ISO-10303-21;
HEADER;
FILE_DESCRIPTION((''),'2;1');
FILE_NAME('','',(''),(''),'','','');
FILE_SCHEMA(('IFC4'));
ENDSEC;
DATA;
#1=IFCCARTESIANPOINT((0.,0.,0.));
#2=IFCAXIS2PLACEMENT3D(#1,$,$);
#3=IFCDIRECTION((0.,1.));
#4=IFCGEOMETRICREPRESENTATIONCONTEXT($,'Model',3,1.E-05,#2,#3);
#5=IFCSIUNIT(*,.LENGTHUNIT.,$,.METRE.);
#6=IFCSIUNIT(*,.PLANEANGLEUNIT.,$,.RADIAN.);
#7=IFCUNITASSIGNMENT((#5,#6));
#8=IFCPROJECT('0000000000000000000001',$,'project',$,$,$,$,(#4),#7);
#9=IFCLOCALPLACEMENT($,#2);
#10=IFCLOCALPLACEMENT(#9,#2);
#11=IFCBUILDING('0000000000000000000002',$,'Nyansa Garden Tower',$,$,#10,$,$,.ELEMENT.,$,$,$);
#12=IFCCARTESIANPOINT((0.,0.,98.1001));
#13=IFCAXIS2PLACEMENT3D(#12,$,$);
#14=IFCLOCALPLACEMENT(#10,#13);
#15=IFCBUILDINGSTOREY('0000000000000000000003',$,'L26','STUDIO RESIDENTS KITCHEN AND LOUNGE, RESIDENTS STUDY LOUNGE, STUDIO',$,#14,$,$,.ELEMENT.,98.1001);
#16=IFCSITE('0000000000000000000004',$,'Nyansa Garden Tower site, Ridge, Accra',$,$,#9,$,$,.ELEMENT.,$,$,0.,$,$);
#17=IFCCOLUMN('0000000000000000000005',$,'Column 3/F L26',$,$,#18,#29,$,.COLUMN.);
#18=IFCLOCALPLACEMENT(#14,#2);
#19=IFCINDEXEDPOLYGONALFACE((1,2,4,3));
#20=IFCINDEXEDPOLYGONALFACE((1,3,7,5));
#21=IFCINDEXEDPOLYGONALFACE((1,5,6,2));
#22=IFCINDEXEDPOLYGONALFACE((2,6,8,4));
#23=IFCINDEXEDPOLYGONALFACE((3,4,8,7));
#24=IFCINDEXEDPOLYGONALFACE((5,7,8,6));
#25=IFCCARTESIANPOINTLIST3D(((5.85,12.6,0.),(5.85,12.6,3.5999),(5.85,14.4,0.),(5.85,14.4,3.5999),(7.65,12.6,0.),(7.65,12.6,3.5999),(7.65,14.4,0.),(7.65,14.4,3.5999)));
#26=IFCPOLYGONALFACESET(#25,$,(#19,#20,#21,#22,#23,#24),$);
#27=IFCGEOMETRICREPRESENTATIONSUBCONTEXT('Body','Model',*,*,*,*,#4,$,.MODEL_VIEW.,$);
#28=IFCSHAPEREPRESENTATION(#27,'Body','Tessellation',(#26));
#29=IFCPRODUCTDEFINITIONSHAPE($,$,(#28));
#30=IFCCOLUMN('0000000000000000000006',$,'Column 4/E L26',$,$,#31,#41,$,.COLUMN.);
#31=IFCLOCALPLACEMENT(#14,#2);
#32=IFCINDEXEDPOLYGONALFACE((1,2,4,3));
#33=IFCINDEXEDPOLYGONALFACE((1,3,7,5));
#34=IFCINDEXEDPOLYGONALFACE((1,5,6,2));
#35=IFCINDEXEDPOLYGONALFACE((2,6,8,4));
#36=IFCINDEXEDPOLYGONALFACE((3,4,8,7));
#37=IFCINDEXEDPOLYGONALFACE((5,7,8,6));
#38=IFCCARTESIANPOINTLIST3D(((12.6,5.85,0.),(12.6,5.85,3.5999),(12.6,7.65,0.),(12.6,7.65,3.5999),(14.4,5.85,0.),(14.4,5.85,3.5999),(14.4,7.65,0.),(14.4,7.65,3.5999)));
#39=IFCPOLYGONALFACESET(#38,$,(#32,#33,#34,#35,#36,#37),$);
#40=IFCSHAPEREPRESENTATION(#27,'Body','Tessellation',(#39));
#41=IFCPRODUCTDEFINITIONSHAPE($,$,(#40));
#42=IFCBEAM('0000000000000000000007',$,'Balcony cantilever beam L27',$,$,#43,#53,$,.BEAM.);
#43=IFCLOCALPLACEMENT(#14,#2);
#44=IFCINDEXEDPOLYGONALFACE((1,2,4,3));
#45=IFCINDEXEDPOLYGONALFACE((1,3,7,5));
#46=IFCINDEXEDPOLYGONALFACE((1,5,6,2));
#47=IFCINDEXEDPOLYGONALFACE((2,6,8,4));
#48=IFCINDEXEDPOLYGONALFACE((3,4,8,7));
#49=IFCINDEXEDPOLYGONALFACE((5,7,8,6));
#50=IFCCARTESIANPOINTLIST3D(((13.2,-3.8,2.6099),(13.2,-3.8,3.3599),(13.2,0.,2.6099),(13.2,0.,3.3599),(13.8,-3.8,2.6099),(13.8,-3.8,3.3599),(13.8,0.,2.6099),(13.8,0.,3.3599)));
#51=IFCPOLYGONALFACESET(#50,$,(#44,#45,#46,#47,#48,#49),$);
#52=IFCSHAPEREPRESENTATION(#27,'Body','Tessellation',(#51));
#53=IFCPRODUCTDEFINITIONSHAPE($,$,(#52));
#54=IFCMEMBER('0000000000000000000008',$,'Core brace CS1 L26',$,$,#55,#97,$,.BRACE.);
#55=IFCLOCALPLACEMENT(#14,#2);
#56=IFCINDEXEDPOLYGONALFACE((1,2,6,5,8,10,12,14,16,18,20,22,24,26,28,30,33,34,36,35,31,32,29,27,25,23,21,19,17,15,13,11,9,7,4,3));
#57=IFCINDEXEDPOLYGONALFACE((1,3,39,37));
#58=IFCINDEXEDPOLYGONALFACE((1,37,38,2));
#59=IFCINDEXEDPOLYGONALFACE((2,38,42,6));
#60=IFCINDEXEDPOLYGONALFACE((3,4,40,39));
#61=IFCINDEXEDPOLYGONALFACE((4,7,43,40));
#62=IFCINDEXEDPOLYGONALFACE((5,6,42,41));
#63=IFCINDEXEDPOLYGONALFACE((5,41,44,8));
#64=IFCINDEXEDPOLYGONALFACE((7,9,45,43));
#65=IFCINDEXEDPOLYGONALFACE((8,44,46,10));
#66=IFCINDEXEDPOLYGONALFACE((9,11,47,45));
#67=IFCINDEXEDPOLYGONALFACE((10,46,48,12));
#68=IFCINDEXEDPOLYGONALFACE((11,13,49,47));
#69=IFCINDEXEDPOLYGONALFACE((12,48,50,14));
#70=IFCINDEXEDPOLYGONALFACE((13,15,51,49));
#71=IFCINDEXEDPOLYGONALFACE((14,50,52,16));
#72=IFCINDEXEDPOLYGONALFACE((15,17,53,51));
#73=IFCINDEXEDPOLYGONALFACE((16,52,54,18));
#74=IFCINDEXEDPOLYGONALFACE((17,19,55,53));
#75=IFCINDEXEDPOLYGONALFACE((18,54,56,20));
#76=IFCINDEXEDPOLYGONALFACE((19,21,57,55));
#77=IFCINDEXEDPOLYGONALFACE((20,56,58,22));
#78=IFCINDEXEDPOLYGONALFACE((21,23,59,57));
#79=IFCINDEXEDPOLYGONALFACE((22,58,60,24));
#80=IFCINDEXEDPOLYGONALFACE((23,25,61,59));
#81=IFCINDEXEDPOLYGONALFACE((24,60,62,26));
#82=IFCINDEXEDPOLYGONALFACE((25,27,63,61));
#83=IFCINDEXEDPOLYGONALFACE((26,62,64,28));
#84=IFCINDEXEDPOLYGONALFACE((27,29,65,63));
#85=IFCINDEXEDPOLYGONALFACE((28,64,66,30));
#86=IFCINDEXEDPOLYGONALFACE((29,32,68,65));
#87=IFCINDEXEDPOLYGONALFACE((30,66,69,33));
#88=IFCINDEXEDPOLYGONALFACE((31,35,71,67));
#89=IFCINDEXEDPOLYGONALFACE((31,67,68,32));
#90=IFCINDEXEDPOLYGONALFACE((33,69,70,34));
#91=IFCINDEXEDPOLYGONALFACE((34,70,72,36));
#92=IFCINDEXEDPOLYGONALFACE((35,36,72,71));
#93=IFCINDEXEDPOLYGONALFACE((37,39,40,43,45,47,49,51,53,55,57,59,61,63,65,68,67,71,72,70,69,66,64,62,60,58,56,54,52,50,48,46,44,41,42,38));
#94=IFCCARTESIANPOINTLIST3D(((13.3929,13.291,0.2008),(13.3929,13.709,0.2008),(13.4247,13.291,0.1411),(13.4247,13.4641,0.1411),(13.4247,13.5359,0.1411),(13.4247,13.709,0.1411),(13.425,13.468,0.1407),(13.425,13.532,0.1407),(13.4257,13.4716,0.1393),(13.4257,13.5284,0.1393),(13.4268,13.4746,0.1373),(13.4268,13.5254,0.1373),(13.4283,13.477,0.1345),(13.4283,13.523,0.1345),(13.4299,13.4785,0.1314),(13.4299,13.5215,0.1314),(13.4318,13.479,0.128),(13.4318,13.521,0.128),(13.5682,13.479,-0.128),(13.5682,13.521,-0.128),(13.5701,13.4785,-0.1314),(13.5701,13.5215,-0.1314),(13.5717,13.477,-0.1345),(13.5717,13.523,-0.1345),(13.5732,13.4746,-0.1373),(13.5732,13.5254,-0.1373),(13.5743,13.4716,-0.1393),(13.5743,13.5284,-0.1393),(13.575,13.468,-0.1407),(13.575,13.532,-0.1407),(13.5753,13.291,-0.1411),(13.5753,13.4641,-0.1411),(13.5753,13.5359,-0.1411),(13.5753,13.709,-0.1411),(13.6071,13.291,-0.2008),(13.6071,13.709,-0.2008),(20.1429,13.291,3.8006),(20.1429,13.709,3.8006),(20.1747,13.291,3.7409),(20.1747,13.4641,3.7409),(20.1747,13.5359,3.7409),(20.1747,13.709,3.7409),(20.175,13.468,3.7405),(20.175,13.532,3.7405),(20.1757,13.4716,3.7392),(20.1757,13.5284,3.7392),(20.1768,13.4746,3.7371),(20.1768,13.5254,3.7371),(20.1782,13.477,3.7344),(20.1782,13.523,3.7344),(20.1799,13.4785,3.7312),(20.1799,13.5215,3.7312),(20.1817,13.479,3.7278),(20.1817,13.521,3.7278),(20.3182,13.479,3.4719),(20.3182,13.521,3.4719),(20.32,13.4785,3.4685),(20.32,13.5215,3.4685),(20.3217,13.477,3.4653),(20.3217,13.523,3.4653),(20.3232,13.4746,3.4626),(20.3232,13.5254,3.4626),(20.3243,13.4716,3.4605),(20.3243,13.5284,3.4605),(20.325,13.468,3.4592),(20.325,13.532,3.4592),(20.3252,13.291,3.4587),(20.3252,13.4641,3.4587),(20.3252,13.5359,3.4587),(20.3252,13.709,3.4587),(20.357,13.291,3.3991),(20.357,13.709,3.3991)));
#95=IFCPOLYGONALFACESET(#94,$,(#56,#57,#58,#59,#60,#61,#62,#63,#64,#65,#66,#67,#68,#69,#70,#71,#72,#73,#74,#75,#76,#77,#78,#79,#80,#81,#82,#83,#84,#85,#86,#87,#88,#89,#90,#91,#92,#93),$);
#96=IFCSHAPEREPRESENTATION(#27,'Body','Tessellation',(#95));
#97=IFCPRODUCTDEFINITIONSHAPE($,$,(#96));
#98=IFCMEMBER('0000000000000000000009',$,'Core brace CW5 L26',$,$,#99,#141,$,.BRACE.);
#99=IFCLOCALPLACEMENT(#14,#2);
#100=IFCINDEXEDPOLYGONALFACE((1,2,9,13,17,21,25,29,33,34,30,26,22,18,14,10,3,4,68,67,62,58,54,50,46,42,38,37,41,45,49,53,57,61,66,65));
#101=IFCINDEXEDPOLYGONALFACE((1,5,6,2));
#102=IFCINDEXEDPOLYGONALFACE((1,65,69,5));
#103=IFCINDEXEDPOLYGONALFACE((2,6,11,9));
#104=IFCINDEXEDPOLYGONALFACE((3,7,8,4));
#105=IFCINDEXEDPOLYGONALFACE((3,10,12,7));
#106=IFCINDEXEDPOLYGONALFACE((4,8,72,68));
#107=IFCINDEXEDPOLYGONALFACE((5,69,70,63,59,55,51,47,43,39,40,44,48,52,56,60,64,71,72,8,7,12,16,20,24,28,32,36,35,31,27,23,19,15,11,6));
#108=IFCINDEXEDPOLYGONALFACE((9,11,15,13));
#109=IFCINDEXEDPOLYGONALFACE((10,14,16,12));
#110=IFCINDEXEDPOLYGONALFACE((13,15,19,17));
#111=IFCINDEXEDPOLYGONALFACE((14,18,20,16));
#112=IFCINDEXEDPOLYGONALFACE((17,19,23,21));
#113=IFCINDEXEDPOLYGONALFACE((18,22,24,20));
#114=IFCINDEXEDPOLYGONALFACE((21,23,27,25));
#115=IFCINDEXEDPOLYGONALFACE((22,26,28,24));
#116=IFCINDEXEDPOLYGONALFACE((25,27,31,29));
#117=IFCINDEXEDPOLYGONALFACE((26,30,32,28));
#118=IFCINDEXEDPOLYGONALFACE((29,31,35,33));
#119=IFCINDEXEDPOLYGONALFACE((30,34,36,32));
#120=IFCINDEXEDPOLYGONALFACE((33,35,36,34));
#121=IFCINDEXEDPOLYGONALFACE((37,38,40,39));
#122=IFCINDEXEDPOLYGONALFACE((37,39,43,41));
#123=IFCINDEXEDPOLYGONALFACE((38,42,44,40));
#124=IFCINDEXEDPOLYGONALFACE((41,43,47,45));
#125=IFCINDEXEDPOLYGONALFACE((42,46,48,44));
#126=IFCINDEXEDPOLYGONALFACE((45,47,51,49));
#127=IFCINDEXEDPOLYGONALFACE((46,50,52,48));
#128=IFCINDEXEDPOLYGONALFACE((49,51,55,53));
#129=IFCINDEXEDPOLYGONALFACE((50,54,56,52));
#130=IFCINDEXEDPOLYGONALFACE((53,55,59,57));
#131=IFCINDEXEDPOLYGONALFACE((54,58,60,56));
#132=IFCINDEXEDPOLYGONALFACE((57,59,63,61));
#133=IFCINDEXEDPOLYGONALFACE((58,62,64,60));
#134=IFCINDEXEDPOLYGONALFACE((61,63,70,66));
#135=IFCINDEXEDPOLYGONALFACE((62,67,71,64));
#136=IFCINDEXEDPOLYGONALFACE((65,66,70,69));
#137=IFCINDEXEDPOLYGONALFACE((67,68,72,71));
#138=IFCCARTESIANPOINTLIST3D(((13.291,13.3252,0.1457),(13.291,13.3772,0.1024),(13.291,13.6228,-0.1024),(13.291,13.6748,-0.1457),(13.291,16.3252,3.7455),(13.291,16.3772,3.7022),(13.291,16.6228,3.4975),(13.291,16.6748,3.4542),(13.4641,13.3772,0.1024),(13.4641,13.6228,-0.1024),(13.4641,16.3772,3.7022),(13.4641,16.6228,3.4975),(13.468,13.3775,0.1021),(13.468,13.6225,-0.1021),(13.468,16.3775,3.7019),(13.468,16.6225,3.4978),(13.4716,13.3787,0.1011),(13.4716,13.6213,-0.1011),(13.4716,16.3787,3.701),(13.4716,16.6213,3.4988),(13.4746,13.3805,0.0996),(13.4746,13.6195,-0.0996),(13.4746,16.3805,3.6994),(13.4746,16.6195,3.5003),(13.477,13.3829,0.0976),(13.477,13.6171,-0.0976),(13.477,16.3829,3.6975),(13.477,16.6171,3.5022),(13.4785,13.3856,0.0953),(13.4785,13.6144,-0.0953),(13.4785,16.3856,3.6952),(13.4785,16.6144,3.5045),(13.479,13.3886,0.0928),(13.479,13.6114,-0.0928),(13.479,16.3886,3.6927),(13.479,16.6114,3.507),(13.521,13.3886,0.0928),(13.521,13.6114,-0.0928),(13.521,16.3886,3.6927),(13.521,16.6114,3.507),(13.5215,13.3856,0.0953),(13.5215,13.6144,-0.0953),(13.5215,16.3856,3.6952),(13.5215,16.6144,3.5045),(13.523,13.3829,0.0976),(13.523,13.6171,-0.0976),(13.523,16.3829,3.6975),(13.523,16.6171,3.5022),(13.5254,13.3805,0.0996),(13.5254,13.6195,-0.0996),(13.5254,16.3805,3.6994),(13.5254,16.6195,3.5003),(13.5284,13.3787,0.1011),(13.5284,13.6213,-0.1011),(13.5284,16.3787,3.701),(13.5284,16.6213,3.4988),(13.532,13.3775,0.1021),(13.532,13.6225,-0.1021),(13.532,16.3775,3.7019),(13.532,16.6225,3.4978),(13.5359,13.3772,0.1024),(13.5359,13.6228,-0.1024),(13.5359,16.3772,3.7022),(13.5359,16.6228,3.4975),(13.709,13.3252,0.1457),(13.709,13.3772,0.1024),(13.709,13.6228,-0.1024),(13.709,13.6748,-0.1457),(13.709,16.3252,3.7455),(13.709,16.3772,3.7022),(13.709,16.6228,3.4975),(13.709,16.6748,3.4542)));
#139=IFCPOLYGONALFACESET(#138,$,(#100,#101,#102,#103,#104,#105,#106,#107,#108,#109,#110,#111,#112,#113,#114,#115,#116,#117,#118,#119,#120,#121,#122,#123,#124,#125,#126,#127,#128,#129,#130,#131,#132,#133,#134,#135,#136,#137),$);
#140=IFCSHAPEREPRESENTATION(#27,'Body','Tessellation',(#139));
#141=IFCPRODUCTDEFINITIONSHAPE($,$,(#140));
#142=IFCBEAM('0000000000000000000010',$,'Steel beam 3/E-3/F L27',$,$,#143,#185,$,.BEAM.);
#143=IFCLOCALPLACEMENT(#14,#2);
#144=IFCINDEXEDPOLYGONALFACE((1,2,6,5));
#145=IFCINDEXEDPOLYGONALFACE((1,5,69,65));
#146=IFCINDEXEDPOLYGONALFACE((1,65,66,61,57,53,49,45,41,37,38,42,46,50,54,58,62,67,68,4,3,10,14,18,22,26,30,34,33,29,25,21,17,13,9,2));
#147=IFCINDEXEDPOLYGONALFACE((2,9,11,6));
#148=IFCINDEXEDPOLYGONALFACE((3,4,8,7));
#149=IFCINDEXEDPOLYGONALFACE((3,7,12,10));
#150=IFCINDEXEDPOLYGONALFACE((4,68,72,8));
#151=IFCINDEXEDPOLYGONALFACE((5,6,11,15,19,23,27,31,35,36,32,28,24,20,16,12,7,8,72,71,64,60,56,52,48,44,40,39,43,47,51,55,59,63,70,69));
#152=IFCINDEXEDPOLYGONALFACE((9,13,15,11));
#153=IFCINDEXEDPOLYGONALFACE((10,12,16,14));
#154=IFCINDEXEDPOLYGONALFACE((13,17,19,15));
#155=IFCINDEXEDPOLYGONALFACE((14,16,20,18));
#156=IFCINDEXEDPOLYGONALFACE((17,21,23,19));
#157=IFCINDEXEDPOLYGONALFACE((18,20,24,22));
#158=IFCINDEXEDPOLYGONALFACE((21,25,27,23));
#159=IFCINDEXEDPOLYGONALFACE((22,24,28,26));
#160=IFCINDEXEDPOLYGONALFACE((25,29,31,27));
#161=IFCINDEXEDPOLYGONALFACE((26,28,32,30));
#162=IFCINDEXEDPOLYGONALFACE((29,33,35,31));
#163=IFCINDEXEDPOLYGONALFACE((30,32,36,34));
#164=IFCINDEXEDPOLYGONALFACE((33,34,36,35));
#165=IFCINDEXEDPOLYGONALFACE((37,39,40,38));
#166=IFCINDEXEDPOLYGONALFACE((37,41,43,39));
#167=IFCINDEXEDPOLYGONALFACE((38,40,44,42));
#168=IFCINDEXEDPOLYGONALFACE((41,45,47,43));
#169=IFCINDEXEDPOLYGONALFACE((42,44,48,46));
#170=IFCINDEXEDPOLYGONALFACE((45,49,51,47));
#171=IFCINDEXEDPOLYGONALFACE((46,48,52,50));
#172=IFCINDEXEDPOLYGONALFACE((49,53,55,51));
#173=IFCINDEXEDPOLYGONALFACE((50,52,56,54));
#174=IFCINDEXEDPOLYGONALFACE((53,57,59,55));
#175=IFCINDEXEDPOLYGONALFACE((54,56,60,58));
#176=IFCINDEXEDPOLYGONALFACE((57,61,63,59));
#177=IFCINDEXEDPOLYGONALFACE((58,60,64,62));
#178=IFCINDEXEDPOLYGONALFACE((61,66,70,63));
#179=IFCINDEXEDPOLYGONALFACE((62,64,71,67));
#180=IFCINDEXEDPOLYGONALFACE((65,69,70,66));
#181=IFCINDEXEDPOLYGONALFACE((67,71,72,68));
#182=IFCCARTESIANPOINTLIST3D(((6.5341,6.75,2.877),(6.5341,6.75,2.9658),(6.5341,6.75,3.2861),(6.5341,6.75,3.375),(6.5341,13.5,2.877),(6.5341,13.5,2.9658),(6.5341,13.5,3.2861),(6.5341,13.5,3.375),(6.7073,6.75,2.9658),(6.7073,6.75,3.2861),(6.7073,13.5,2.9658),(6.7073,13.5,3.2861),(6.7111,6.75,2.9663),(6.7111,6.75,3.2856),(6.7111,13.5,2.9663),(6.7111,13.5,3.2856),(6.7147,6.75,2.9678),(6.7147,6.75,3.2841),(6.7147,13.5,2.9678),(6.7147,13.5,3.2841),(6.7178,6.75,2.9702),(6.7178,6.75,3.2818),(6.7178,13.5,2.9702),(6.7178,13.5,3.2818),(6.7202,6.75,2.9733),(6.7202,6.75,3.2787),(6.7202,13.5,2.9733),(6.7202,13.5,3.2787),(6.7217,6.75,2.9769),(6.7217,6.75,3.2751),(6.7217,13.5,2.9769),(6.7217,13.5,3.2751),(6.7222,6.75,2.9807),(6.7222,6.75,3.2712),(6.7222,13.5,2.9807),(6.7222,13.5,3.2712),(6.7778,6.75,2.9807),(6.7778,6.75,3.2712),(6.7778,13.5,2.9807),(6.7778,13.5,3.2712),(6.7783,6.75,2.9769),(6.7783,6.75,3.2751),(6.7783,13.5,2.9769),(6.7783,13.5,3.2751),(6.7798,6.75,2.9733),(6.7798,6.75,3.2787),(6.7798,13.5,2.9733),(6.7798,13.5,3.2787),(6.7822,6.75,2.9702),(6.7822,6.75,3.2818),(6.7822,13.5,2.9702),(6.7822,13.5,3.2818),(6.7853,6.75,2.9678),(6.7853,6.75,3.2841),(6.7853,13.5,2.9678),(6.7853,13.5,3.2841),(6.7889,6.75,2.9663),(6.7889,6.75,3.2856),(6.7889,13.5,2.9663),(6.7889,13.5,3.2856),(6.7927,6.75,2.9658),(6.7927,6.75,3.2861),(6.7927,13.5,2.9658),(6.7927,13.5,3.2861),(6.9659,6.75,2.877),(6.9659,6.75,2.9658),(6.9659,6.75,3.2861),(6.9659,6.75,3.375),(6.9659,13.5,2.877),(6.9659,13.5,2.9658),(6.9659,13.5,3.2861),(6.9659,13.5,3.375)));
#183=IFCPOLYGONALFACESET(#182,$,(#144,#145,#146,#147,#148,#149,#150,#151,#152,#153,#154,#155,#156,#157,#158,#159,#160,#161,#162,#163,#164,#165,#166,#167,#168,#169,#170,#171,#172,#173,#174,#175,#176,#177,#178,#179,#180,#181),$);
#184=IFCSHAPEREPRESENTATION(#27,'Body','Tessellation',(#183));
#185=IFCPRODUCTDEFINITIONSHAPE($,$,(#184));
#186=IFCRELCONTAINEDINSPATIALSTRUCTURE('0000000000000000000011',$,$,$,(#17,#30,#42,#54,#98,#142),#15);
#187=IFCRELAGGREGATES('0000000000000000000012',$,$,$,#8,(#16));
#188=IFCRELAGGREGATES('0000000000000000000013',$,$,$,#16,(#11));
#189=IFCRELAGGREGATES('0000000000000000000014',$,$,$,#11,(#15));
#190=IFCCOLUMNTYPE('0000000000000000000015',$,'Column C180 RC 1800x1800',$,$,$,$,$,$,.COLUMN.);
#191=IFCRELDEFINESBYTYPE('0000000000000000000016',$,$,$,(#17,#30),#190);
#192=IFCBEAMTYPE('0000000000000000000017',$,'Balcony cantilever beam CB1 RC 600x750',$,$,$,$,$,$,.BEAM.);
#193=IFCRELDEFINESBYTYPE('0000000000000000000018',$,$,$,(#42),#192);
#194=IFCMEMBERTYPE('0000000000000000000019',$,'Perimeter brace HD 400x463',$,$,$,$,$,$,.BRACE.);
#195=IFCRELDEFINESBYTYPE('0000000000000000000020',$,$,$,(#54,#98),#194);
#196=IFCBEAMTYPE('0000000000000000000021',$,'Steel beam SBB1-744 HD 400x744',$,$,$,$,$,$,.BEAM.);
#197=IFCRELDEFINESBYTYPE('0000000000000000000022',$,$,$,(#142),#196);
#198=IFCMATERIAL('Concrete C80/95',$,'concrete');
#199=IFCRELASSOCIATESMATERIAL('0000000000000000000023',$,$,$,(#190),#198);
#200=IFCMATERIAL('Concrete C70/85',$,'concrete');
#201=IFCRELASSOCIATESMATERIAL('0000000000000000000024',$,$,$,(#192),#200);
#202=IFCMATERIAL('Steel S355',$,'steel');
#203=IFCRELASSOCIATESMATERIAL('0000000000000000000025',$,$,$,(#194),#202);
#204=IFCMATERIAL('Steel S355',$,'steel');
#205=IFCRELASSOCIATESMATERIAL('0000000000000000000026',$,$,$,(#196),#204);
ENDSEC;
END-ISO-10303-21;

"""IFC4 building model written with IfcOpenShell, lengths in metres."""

from ifc_helpers import new_model, si_unit, direction, frame, origin, origin_2d, place, context, subcontext, project, spatial, rectangle, i_section, extrude, material, material_profile, profile_set, type_object, element, save


model = new_model("IFC4")

# Units and contexts
model_context = context("Model", 3, precision=1e-05, world=origin(), true_north=direction((0.0, 1.0)))
body_context = subcontext(model_context, "Body", "Model", "MODEL_VIEW")
ifc_project = project(units=[si_unit("LENGTHUNIT", "METRE"), si_unit("PLANEANGLEUNIT", "RADIAN")], contexts=[model_context])

# Site, building, storey
site_placement = place(None, origin())
site = spatial("IfcSite", under=ifc_project, at=site_placement, Name="Nyansa Garden Tower site, Ridge, Accra", CompositionType="ELEMENT", RefElevation=0.0)
building_placement = place(site_placement, origin())
building = spatial("IfcBuilding", under=site, at=building_placement, Name="Nyansa Garden Tower", CompositionType="ELEMENT")
storey_placement = place(building_placement, frame((0.0, 0.0, 98.1001)))
storey = spatial("IfcBuildingStorey", under=building, at=storey_placement, Name="L26", Description="STUDIO RESIDENTS KITCHEN AND LOUNGE, RESIDENTS STUDY LOUNGE, STUDIO", CompositionType="ELEMENT", Elevation=98.1001)

# Columns
ifc_material_1 = material(Name="Concrete C80/95", Category="concrete")
ifc_material_profile_1 = material_profile(ifc_material_1, rectangle(XDim=1.8, YDim=1.8, at=origin_2d()), Name="RC 1800x1800")
ifc_profile_set_1 = profile_set([ifc_material_profile_1], Name="Concrete C80/95")
column_type = type_object("IfcColumnType", Name="Column C180 RC 1800x1800", PredefinedType="COLUMN", material=ifc_profile_set_1)
for number, where, z_axis, x_axis, name in (
    (1, (6.75, 13.5, 0.0), (0.0, 0.0, 1.0), (1.0, 0.0, 0.0), "Column 3/F L26"),
    (2, (13.5, 6.75, 0.0), (0.0, 0.0, 1.0), (1.0, 0.0, 0.0), "Column 4/E L26"),
):
    element("IfcColumn", number, at=place(storey_placement, frame(where, z_axis=z_axis, x_axis=x_axis)), inside=storey, type_object=column_type, Name=name, PredefinedType="COLUMN", context=body_context, shape_type="SweptSolid", body=[
        extrude(rectangle(XDim=1.8, YDim=1.8, at=origin_2d()), origin(), (0.0, 0.0, 1.0), 3.5999),
    ])

# Beam
ifc_material_2 = material(Name="Concrete C70/85", Category="concrete")
ifc_material_profile_2 = material_profile(ifc_material_2, rectangle(XDim=0.6001, YDim=0.75, at=origin_2d()), Name="RC 600x750")
ifc_profile_set_2 = profile_set([ifc_material_profile_2], Name="Concrete C70/85")
beam_type_1 = type_object("IfcBeamType", Name="Balcony cantilever beam CB1 RC 600x750", PredefinedType="BEAM", material=ifc_profile_set_2)
beam_1_placement = place(storey_placement, frame((13.5, 0.0, 2.9849), z_axis=(0.0, -1.0, 0.0), x_axis=(1.0, 0.0, 0.0)))
element("IfcBeam", 3, at=beam_1_placement, inside=storey, type_object=beam_type_1, Name="Balcony cantilever beam L27", PredefinedType="BEAM", context=body_context, shape_type="SweptSolid", body=[
    extrude(rectangle(XDim=0.6001, YDim=0.75, at=origin_2d()), origin(), (0.0, 0.0, 1.0), 3.8),
])

# Members
ifc_material_3 = material(Name="Steel S355", Category="steel")
ifc_material_profile_3 = material_profile(ifc_material_3, i_section(OverallWidth=0.418, OverallDepth=0.4551, WebThickness=0.042, FlangeThickness=0.0676, FilletRadius=0.0149, at=origin_2d()), Name="HD 400x463")
ifc_profile_set_3 = profile_set([ifc_material_profile_3], Name="Steel S355")
member_type = type_object("IfcMemberType", Name="Perimeter brace HD 400x463", PredefinedType="BRACE", material=ifc_profile_set_3)
member_1_placement = place(storey_placement, frame((13.5, 13.5, 0.0), z_axis=(0.882361, 0.0, 0.470573), x_axis=(0.0, 1.0, 0.0)))
element("IfcMember", 4, at=member_1_placement, inside=storey, type_object=member_type, Name="Core brace CS1 L26", PredefinedType="BRACE", context=body_context, shape_type="SweptSolid", body=[
    extrude(i_section(OverallWidth=0.418, OverallDepth=0.4551, WebThickness=0.042, FlangeThickness=0.0676, FilletRadius=0.0149, at=origin_2d()), origin(), (0.0, 0.0, 1.0), 7.6499),
])
member_2_placement = place(storey_placement, frame((13.5, 13.5, 0.0), z_axis=(0.0, 0.6402, 0.768208), x_axis=(-1.0, 0.0, 0.0)))
element("IfcMember", 5, at=member_2_placement, inside=storey, type_object=member_type, Name="Core brace CW5 L26", PredefinedType="BRACE", context=body_context, shape_type="SweptSolid", body=[
    extrude(i_section(OverallWidth=0.418, OverallDepth=0.4551, WebThickness=0.042, FlangeThickness=0.0676, FilletRadius=0.0149, at=origin_2d()), origin(), (0.0, 0.0, 1.0), 4.686),
])

# Beam
ifc_material_4 = material(Name="Steel S355", Category="steel")
ifc_material_profile_4 = material_profile(ifc_material_4, i_section(OverallWidth=0.4319, OverallDepth=0.498, WebThickness=0.0557, FlangeThickness=0.0889, FilletRadius=0.0149, at=origin_2d()), Name="HD 400x744")
ifc_profile_set_4 = profile_set([ifc_material_profile_4], Name="Steel S355")
beam_type_2 = type_object("IfcBeamType", Name="Steel beam SBB1-744 HD 400x744", PredefinedType="BEAM", material=ifc_profile_set_4)
for number, where, z_axis, x_axis, name in (
    (6, (6.75, 6.75, 3.126), (0.0, 1.0, 0.0), (-1.0, 0.0, 0.0), "Steel beam 3/E-3/F L27"),
):
    element("IfcBeam", number, at=place(storey_placement, frame(where, z_axis=z_axis, x_axis=x_axis)), inside=storey, type_object=beam_type_2, Name=name, PredefinedType="BEAM", context=body_context, shape_type="SweptSolid", body=[
        extrude(i_section(OverallWidth=0.4319, OverallDepth=0.498, WebThickness=0.0557, FlangeThickness=0.0889, FilletRadius=0.0149, at=origin_2d()), origin(), (0.0, 0.0, 1.0), 6.75),
    ])

save(model, "model.ifc")
